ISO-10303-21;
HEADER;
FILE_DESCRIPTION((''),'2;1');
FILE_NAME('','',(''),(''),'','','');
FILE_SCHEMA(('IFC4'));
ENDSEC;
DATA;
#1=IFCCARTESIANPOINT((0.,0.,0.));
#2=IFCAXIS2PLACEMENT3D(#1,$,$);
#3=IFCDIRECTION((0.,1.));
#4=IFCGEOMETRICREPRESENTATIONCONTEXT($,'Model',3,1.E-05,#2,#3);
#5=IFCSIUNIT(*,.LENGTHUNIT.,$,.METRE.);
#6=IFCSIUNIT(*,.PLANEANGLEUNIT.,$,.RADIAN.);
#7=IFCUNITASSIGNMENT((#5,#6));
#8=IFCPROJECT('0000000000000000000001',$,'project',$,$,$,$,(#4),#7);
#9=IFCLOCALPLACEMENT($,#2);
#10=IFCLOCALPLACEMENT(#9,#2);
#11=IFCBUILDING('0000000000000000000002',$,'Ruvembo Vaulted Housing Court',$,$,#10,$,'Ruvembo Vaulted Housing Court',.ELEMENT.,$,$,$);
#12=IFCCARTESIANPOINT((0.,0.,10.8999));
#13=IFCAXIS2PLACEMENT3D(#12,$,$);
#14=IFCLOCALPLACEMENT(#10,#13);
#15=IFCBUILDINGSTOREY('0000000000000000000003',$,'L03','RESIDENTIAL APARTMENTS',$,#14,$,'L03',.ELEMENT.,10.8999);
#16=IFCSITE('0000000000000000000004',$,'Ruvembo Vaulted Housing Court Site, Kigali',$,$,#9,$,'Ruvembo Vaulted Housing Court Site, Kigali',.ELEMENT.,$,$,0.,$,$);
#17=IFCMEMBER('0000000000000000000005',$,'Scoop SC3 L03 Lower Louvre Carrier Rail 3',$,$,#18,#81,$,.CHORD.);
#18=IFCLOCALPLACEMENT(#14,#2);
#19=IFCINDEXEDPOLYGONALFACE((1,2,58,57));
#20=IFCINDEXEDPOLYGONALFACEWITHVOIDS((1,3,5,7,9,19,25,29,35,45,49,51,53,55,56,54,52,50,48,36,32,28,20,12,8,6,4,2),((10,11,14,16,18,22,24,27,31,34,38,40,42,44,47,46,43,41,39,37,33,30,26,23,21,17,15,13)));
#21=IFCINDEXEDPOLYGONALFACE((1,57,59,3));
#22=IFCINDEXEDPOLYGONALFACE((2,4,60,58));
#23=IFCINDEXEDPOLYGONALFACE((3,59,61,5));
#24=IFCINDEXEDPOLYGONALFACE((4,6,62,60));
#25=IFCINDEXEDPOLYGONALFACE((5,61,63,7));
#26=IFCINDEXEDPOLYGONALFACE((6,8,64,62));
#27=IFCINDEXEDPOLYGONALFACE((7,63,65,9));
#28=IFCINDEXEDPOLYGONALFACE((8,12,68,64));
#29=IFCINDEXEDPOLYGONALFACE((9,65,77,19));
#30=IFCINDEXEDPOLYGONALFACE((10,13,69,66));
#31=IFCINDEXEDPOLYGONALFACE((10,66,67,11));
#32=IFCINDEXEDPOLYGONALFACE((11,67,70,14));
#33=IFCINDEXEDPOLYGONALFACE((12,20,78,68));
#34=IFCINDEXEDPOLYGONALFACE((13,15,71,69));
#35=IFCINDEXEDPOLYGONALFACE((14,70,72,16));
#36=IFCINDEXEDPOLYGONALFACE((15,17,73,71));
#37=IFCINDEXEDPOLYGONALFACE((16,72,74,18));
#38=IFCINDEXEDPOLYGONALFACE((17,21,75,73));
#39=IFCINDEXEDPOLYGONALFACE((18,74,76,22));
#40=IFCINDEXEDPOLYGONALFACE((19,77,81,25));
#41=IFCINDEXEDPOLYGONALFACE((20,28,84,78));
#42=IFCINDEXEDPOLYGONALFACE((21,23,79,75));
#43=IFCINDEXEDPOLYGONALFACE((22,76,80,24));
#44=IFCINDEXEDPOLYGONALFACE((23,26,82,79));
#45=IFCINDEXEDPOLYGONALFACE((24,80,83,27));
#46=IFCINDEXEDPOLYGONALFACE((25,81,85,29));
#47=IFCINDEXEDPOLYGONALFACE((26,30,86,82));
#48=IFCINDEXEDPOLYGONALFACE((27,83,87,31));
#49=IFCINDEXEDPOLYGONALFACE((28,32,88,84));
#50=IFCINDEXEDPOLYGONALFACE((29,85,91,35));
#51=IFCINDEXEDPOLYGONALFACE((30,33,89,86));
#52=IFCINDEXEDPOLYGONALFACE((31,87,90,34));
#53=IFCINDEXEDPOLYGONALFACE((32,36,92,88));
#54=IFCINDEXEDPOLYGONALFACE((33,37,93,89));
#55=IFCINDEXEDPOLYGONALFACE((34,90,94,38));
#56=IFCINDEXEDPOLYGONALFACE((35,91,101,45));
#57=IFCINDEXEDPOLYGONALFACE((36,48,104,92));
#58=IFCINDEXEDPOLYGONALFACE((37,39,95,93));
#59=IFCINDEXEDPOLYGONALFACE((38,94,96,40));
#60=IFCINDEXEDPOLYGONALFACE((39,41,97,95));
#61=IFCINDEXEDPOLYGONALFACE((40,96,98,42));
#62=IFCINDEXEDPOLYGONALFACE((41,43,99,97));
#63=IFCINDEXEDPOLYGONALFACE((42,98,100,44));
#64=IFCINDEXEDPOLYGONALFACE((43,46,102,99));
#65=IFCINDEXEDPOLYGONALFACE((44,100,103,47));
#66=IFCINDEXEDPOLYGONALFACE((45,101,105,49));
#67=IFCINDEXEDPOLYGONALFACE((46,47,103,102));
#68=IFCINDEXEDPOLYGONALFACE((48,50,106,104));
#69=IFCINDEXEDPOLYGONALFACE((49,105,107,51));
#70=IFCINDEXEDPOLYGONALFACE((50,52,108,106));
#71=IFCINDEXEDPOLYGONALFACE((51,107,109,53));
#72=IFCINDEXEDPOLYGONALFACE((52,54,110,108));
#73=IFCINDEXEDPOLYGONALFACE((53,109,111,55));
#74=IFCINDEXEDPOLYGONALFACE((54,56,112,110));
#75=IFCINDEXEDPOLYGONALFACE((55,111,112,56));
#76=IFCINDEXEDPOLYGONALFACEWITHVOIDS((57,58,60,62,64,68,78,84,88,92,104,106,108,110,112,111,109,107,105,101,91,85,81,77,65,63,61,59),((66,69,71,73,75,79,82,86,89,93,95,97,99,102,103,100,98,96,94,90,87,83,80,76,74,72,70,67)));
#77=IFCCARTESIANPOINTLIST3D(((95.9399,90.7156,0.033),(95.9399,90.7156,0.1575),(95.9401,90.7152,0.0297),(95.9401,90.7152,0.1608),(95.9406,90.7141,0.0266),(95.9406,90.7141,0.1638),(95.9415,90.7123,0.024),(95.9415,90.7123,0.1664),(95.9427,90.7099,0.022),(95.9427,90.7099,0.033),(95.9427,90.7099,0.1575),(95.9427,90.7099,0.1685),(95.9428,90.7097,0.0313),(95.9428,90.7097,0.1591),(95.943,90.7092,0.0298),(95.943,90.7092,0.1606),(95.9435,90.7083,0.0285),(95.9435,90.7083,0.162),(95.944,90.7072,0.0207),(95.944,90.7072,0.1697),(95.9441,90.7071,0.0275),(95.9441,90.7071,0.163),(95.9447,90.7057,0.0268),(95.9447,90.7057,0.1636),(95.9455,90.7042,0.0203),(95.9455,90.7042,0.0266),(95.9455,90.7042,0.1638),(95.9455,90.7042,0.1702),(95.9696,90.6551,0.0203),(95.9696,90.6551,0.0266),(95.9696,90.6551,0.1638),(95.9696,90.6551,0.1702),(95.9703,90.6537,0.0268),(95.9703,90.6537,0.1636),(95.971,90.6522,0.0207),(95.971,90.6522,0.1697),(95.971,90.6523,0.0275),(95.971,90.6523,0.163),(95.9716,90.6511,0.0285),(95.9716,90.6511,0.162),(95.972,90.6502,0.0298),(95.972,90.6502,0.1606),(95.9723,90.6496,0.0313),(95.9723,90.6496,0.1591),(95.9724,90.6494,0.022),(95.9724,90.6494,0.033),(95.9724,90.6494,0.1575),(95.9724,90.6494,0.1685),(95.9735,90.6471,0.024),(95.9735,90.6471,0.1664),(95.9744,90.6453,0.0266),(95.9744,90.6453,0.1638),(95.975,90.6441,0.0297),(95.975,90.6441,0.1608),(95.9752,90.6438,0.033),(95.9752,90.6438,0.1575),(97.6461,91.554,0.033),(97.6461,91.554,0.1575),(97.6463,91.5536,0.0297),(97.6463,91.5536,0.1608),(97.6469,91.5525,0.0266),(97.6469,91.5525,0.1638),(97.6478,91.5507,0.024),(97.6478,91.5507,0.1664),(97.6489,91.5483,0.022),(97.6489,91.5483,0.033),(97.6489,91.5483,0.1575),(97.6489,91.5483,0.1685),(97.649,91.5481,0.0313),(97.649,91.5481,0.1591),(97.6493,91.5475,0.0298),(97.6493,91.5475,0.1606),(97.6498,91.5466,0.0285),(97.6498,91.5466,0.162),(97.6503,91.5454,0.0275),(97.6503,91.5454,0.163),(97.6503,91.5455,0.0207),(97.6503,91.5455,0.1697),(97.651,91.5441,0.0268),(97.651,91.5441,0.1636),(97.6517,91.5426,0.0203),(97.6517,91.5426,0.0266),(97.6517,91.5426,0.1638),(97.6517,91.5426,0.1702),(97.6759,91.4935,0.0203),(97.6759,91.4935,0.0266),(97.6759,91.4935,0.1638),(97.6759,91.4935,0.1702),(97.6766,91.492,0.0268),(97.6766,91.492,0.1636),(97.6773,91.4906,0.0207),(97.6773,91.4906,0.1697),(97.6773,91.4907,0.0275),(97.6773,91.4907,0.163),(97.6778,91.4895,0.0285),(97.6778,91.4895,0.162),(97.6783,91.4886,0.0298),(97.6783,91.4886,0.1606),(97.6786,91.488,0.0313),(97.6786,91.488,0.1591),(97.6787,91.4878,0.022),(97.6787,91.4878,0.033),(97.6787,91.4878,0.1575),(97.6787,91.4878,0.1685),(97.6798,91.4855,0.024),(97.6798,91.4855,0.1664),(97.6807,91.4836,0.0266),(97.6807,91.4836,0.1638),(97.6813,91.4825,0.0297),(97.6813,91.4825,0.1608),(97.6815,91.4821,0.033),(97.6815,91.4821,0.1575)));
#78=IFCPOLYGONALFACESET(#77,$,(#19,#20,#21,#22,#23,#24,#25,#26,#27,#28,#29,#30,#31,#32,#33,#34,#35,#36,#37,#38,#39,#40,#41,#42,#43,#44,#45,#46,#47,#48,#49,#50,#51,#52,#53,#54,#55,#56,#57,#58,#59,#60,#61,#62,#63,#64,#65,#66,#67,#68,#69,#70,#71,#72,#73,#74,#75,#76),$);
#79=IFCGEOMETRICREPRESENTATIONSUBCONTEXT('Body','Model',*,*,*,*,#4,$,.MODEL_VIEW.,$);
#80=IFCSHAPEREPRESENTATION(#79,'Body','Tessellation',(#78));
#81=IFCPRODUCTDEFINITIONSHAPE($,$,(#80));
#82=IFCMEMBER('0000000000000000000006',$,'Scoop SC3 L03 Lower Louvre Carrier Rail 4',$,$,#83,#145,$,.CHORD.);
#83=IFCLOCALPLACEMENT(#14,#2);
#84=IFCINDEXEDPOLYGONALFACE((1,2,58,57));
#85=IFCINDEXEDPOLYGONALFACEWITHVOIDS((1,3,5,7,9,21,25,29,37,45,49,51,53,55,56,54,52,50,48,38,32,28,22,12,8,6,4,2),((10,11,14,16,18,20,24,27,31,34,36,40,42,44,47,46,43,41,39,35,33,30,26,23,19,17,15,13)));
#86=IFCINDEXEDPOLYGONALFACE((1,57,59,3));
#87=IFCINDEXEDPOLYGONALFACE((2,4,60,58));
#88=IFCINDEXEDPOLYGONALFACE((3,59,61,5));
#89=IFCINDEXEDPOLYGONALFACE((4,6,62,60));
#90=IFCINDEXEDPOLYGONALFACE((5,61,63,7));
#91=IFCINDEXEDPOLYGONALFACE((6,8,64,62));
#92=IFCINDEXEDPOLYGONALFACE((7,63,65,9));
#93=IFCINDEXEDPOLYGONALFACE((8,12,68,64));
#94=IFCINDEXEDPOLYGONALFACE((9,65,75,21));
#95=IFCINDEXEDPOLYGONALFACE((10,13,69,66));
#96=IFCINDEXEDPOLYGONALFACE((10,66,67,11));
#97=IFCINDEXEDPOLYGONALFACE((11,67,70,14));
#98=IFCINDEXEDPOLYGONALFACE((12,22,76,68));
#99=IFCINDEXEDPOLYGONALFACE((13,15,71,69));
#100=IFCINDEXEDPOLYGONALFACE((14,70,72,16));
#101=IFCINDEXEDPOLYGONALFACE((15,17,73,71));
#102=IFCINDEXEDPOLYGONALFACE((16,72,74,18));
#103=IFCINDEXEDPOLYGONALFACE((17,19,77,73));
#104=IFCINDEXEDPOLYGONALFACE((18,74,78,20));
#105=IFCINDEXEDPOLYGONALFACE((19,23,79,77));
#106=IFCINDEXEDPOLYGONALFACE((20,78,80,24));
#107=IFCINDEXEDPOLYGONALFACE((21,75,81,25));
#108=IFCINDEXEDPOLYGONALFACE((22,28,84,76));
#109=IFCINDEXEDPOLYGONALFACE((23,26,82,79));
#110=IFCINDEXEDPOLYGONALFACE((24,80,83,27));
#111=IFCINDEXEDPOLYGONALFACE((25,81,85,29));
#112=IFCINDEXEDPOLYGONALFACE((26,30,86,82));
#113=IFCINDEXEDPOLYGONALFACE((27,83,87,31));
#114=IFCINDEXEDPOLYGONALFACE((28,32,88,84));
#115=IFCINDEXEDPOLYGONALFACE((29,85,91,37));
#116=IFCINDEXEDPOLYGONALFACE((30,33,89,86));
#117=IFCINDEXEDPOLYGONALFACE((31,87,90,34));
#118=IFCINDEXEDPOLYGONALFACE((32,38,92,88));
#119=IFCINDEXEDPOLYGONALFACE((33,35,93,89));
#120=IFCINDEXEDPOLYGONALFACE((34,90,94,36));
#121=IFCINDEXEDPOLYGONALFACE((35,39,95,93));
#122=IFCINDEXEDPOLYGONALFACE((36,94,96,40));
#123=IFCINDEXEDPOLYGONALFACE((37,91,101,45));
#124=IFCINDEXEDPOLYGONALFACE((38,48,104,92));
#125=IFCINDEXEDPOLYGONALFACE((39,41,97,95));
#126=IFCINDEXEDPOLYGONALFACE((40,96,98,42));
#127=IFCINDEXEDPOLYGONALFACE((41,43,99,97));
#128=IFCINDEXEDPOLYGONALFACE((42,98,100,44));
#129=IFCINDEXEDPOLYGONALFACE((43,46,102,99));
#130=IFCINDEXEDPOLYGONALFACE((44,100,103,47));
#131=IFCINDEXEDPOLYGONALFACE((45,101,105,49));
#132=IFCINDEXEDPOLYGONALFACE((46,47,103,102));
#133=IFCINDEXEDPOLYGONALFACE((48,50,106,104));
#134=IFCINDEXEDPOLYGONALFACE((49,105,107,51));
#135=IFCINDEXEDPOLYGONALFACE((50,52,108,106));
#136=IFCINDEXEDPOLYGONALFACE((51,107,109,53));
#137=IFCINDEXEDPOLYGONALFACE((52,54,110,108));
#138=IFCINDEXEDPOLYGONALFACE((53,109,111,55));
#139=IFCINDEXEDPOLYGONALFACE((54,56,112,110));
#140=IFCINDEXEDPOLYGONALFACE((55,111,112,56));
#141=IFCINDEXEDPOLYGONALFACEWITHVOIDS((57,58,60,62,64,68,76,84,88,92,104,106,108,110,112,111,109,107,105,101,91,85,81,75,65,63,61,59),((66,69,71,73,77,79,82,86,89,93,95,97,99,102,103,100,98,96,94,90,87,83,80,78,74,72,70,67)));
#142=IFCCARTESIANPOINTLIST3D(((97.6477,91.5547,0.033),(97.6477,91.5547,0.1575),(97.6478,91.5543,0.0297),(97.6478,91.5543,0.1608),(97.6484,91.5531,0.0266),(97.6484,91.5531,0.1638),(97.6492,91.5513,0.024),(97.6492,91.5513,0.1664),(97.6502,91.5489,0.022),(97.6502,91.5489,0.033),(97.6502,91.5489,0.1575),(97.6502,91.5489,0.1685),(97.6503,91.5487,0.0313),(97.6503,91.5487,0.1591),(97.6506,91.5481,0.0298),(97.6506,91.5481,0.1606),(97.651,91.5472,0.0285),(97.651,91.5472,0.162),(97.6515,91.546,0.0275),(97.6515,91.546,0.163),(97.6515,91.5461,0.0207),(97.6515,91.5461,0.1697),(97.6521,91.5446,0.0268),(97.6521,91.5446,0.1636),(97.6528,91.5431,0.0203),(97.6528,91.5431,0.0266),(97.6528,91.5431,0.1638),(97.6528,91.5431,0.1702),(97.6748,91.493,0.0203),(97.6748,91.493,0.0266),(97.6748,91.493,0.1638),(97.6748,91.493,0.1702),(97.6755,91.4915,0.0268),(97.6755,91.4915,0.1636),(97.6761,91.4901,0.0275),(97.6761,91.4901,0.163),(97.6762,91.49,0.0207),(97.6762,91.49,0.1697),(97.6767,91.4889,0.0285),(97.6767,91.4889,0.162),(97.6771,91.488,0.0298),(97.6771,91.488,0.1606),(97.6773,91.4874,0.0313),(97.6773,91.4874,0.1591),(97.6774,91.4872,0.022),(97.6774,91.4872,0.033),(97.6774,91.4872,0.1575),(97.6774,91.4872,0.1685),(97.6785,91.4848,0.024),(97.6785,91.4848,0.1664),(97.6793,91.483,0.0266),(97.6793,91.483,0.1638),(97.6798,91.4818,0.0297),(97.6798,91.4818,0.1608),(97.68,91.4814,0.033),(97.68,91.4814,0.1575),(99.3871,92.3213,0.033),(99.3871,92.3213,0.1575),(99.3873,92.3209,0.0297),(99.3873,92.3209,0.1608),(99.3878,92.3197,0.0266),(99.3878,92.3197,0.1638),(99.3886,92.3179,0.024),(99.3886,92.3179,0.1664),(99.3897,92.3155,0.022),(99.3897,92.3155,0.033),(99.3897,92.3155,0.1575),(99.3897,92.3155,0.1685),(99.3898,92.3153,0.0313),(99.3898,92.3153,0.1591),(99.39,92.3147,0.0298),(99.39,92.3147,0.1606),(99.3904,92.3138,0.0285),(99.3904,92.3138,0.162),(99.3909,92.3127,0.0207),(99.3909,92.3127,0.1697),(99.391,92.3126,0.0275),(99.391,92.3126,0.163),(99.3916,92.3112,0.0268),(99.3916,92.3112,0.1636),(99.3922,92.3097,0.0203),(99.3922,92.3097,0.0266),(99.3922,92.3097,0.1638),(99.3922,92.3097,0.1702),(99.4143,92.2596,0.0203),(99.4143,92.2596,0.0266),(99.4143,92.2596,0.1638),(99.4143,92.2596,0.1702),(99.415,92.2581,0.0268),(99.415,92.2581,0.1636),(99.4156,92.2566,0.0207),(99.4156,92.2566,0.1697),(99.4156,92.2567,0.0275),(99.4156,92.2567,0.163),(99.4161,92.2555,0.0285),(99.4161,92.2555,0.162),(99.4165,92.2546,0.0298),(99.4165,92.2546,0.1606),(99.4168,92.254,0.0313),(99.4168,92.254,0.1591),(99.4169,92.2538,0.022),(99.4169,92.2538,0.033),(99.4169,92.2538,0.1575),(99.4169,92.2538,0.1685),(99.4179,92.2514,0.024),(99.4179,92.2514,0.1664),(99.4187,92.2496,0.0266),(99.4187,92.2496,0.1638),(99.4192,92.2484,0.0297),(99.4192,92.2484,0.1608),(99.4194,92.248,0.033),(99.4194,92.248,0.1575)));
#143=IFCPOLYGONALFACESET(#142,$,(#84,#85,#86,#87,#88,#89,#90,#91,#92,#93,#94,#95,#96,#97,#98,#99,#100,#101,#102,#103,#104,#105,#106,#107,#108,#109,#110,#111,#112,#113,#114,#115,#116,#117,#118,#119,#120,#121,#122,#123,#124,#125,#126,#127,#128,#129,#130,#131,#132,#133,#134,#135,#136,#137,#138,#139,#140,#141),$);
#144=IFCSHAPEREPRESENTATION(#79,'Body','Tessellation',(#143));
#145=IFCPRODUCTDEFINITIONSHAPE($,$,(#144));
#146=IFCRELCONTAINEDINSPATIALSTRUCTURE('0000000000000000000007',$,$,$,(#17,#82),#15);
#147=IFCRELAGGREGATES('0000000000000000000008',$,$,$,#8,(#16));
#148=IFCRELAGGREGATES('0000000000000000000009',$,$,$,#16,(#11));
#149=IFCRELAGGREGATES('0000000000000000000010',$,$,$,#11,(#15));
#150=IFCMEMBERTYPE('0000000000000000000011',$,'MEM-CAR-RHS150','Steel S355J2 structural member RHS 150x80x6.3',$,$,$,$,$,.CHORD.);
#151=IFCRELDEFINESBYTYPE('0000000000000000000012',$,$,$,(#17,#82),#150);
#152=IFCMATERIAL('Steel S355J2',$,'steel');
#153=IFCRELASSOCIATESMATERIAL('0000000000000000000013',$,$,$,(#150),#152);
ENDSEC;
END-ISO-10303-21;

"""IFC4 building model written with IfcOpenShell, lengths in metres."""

from ifc_helpers import new_model, si_unit, direction, frame, origin, origin_2d, place, context, subcontext, project, spatial, hollow_rectangle, extrude, material, material_profile, profile_set, type_object, element, save


model = new_model("IFC4")

# Units and contexts
model_context = context("Model", 3, precision=1e-05, world=origin(), true_north=direction((0.0, 1.0)))
body_context = subcontext(model_context, "Body", "Model", "MODEL_VIEW")
ifc_project = project(units=[si_unit("LENGTHUNIT", "METRE"), si_unit("PLANEANGLEUNIT", "RADIAN")], contexts=[model_context])

# Site, building, storey
site_placement = place(None, origin())
site = spatial("IfcSite", under=ifc_project, at=site_placement, Name="Ruvembo Vaulted Housing Court Site, Kigali", LongName="Ruvembo Vaulted Housing Court Site, Kigali", CompositionType="ELEMENT", RefElevation=0.0)
building_placement = place(site_placement, origin())
building = spatial("IfcBuilding", under=site, at=building_placement, Name="Ruvembo Vaulted Housing Court", LongName="Ruvembo Vaulted Housing Court", CompositionType="ELEMENT")
storey_placement = place(building_placement, frame((0.0, 0.0, 10.8999)))
storey = spatial("IfcBuildingStorey", under=building, at=storey_placement, Name="L03", Description="RESIDENTIAL APARTMENTS", LongName="L03", CompositionType="ELEMENT", Elevation=10.8999)

# Shared definitions
ifc_material_1 = material(Name="Steel S355J2", Category="steel")

# Members
ifc_material_profile_1 = material_profile(ifc_material_1, hollow_rectangle(XDim=0.0801, YDim=0.1499, WallThickness=0.0063, InnerFilletRadius=0.0063, OuterFilletRadius=0.0127, at=origin_2d()), Name="RHS 150x80x6.3")
ifc_profile_set_1 = profile_set([ifc_material_profile_1], Name="Steel S355J2")
member_type_1 = type_object("IfcMemberType", Name="MEM-CAR-RHS150", Description="Steel S355J2 structural member RHS 150x80x6.3", PredefinedType="CHORD", material=ifc_profile_set_1)
member_1_placement = place(storey_placement, frame((95.9575, 90.6797, 0.0952), z_axis=(0.897513, 0.440987, 0.0), x_axis=(-0.440987, 0.897513, 0.0)))
element("IfcMember", 1, at=member_1_placement, inside=storey, type_object=member_type_1, Name="Scoop SC3 L03 Lower Louvre Carrier Rail 3", PredefinedType="CHORD", context=body_context, shape_type="SweptSolid", body=[
    extrude(hollow_rectangle(XDim=0.0801, YDim=0.1499, WallThickness=0.0063, InnerFilletRadius=0.0063, OuterFilletRadius=0.0127, at=origin_2d()), origin(), (0.0, 0.0, 1.0), 1.9011),
])
for number, where, z_axis, x_axis, name in (
    (2, (97.6638, 91.5181, 0.0952), (0.915078, 0.403277, 0.0), (-0.403277, 0.915078, 0.0), "Scoop SC3 L03 Lower Louvre Carrier Rail 4"),
):
    element("IfcMember", number, at=place(storey_placement, frame(where, z_axis=z_axis, x_axis=x_axis)), inside=storey, type_object=member_type_1, Name=name, PredefinedType="CHORD", context=body_context, shape_type="SweptSolid", body=[
        extrude(hollow_rectangle(XDim=0.0801, YDim=0.1499, WallThickness=0.0063, InnerFilletRadius=0.0063, OuterFilletRadius=0.0127, at=origin_2d()), origin(), (0.0, 0.0, 1.0), 1.9009),
    ])

save(model, "model.ifc")
